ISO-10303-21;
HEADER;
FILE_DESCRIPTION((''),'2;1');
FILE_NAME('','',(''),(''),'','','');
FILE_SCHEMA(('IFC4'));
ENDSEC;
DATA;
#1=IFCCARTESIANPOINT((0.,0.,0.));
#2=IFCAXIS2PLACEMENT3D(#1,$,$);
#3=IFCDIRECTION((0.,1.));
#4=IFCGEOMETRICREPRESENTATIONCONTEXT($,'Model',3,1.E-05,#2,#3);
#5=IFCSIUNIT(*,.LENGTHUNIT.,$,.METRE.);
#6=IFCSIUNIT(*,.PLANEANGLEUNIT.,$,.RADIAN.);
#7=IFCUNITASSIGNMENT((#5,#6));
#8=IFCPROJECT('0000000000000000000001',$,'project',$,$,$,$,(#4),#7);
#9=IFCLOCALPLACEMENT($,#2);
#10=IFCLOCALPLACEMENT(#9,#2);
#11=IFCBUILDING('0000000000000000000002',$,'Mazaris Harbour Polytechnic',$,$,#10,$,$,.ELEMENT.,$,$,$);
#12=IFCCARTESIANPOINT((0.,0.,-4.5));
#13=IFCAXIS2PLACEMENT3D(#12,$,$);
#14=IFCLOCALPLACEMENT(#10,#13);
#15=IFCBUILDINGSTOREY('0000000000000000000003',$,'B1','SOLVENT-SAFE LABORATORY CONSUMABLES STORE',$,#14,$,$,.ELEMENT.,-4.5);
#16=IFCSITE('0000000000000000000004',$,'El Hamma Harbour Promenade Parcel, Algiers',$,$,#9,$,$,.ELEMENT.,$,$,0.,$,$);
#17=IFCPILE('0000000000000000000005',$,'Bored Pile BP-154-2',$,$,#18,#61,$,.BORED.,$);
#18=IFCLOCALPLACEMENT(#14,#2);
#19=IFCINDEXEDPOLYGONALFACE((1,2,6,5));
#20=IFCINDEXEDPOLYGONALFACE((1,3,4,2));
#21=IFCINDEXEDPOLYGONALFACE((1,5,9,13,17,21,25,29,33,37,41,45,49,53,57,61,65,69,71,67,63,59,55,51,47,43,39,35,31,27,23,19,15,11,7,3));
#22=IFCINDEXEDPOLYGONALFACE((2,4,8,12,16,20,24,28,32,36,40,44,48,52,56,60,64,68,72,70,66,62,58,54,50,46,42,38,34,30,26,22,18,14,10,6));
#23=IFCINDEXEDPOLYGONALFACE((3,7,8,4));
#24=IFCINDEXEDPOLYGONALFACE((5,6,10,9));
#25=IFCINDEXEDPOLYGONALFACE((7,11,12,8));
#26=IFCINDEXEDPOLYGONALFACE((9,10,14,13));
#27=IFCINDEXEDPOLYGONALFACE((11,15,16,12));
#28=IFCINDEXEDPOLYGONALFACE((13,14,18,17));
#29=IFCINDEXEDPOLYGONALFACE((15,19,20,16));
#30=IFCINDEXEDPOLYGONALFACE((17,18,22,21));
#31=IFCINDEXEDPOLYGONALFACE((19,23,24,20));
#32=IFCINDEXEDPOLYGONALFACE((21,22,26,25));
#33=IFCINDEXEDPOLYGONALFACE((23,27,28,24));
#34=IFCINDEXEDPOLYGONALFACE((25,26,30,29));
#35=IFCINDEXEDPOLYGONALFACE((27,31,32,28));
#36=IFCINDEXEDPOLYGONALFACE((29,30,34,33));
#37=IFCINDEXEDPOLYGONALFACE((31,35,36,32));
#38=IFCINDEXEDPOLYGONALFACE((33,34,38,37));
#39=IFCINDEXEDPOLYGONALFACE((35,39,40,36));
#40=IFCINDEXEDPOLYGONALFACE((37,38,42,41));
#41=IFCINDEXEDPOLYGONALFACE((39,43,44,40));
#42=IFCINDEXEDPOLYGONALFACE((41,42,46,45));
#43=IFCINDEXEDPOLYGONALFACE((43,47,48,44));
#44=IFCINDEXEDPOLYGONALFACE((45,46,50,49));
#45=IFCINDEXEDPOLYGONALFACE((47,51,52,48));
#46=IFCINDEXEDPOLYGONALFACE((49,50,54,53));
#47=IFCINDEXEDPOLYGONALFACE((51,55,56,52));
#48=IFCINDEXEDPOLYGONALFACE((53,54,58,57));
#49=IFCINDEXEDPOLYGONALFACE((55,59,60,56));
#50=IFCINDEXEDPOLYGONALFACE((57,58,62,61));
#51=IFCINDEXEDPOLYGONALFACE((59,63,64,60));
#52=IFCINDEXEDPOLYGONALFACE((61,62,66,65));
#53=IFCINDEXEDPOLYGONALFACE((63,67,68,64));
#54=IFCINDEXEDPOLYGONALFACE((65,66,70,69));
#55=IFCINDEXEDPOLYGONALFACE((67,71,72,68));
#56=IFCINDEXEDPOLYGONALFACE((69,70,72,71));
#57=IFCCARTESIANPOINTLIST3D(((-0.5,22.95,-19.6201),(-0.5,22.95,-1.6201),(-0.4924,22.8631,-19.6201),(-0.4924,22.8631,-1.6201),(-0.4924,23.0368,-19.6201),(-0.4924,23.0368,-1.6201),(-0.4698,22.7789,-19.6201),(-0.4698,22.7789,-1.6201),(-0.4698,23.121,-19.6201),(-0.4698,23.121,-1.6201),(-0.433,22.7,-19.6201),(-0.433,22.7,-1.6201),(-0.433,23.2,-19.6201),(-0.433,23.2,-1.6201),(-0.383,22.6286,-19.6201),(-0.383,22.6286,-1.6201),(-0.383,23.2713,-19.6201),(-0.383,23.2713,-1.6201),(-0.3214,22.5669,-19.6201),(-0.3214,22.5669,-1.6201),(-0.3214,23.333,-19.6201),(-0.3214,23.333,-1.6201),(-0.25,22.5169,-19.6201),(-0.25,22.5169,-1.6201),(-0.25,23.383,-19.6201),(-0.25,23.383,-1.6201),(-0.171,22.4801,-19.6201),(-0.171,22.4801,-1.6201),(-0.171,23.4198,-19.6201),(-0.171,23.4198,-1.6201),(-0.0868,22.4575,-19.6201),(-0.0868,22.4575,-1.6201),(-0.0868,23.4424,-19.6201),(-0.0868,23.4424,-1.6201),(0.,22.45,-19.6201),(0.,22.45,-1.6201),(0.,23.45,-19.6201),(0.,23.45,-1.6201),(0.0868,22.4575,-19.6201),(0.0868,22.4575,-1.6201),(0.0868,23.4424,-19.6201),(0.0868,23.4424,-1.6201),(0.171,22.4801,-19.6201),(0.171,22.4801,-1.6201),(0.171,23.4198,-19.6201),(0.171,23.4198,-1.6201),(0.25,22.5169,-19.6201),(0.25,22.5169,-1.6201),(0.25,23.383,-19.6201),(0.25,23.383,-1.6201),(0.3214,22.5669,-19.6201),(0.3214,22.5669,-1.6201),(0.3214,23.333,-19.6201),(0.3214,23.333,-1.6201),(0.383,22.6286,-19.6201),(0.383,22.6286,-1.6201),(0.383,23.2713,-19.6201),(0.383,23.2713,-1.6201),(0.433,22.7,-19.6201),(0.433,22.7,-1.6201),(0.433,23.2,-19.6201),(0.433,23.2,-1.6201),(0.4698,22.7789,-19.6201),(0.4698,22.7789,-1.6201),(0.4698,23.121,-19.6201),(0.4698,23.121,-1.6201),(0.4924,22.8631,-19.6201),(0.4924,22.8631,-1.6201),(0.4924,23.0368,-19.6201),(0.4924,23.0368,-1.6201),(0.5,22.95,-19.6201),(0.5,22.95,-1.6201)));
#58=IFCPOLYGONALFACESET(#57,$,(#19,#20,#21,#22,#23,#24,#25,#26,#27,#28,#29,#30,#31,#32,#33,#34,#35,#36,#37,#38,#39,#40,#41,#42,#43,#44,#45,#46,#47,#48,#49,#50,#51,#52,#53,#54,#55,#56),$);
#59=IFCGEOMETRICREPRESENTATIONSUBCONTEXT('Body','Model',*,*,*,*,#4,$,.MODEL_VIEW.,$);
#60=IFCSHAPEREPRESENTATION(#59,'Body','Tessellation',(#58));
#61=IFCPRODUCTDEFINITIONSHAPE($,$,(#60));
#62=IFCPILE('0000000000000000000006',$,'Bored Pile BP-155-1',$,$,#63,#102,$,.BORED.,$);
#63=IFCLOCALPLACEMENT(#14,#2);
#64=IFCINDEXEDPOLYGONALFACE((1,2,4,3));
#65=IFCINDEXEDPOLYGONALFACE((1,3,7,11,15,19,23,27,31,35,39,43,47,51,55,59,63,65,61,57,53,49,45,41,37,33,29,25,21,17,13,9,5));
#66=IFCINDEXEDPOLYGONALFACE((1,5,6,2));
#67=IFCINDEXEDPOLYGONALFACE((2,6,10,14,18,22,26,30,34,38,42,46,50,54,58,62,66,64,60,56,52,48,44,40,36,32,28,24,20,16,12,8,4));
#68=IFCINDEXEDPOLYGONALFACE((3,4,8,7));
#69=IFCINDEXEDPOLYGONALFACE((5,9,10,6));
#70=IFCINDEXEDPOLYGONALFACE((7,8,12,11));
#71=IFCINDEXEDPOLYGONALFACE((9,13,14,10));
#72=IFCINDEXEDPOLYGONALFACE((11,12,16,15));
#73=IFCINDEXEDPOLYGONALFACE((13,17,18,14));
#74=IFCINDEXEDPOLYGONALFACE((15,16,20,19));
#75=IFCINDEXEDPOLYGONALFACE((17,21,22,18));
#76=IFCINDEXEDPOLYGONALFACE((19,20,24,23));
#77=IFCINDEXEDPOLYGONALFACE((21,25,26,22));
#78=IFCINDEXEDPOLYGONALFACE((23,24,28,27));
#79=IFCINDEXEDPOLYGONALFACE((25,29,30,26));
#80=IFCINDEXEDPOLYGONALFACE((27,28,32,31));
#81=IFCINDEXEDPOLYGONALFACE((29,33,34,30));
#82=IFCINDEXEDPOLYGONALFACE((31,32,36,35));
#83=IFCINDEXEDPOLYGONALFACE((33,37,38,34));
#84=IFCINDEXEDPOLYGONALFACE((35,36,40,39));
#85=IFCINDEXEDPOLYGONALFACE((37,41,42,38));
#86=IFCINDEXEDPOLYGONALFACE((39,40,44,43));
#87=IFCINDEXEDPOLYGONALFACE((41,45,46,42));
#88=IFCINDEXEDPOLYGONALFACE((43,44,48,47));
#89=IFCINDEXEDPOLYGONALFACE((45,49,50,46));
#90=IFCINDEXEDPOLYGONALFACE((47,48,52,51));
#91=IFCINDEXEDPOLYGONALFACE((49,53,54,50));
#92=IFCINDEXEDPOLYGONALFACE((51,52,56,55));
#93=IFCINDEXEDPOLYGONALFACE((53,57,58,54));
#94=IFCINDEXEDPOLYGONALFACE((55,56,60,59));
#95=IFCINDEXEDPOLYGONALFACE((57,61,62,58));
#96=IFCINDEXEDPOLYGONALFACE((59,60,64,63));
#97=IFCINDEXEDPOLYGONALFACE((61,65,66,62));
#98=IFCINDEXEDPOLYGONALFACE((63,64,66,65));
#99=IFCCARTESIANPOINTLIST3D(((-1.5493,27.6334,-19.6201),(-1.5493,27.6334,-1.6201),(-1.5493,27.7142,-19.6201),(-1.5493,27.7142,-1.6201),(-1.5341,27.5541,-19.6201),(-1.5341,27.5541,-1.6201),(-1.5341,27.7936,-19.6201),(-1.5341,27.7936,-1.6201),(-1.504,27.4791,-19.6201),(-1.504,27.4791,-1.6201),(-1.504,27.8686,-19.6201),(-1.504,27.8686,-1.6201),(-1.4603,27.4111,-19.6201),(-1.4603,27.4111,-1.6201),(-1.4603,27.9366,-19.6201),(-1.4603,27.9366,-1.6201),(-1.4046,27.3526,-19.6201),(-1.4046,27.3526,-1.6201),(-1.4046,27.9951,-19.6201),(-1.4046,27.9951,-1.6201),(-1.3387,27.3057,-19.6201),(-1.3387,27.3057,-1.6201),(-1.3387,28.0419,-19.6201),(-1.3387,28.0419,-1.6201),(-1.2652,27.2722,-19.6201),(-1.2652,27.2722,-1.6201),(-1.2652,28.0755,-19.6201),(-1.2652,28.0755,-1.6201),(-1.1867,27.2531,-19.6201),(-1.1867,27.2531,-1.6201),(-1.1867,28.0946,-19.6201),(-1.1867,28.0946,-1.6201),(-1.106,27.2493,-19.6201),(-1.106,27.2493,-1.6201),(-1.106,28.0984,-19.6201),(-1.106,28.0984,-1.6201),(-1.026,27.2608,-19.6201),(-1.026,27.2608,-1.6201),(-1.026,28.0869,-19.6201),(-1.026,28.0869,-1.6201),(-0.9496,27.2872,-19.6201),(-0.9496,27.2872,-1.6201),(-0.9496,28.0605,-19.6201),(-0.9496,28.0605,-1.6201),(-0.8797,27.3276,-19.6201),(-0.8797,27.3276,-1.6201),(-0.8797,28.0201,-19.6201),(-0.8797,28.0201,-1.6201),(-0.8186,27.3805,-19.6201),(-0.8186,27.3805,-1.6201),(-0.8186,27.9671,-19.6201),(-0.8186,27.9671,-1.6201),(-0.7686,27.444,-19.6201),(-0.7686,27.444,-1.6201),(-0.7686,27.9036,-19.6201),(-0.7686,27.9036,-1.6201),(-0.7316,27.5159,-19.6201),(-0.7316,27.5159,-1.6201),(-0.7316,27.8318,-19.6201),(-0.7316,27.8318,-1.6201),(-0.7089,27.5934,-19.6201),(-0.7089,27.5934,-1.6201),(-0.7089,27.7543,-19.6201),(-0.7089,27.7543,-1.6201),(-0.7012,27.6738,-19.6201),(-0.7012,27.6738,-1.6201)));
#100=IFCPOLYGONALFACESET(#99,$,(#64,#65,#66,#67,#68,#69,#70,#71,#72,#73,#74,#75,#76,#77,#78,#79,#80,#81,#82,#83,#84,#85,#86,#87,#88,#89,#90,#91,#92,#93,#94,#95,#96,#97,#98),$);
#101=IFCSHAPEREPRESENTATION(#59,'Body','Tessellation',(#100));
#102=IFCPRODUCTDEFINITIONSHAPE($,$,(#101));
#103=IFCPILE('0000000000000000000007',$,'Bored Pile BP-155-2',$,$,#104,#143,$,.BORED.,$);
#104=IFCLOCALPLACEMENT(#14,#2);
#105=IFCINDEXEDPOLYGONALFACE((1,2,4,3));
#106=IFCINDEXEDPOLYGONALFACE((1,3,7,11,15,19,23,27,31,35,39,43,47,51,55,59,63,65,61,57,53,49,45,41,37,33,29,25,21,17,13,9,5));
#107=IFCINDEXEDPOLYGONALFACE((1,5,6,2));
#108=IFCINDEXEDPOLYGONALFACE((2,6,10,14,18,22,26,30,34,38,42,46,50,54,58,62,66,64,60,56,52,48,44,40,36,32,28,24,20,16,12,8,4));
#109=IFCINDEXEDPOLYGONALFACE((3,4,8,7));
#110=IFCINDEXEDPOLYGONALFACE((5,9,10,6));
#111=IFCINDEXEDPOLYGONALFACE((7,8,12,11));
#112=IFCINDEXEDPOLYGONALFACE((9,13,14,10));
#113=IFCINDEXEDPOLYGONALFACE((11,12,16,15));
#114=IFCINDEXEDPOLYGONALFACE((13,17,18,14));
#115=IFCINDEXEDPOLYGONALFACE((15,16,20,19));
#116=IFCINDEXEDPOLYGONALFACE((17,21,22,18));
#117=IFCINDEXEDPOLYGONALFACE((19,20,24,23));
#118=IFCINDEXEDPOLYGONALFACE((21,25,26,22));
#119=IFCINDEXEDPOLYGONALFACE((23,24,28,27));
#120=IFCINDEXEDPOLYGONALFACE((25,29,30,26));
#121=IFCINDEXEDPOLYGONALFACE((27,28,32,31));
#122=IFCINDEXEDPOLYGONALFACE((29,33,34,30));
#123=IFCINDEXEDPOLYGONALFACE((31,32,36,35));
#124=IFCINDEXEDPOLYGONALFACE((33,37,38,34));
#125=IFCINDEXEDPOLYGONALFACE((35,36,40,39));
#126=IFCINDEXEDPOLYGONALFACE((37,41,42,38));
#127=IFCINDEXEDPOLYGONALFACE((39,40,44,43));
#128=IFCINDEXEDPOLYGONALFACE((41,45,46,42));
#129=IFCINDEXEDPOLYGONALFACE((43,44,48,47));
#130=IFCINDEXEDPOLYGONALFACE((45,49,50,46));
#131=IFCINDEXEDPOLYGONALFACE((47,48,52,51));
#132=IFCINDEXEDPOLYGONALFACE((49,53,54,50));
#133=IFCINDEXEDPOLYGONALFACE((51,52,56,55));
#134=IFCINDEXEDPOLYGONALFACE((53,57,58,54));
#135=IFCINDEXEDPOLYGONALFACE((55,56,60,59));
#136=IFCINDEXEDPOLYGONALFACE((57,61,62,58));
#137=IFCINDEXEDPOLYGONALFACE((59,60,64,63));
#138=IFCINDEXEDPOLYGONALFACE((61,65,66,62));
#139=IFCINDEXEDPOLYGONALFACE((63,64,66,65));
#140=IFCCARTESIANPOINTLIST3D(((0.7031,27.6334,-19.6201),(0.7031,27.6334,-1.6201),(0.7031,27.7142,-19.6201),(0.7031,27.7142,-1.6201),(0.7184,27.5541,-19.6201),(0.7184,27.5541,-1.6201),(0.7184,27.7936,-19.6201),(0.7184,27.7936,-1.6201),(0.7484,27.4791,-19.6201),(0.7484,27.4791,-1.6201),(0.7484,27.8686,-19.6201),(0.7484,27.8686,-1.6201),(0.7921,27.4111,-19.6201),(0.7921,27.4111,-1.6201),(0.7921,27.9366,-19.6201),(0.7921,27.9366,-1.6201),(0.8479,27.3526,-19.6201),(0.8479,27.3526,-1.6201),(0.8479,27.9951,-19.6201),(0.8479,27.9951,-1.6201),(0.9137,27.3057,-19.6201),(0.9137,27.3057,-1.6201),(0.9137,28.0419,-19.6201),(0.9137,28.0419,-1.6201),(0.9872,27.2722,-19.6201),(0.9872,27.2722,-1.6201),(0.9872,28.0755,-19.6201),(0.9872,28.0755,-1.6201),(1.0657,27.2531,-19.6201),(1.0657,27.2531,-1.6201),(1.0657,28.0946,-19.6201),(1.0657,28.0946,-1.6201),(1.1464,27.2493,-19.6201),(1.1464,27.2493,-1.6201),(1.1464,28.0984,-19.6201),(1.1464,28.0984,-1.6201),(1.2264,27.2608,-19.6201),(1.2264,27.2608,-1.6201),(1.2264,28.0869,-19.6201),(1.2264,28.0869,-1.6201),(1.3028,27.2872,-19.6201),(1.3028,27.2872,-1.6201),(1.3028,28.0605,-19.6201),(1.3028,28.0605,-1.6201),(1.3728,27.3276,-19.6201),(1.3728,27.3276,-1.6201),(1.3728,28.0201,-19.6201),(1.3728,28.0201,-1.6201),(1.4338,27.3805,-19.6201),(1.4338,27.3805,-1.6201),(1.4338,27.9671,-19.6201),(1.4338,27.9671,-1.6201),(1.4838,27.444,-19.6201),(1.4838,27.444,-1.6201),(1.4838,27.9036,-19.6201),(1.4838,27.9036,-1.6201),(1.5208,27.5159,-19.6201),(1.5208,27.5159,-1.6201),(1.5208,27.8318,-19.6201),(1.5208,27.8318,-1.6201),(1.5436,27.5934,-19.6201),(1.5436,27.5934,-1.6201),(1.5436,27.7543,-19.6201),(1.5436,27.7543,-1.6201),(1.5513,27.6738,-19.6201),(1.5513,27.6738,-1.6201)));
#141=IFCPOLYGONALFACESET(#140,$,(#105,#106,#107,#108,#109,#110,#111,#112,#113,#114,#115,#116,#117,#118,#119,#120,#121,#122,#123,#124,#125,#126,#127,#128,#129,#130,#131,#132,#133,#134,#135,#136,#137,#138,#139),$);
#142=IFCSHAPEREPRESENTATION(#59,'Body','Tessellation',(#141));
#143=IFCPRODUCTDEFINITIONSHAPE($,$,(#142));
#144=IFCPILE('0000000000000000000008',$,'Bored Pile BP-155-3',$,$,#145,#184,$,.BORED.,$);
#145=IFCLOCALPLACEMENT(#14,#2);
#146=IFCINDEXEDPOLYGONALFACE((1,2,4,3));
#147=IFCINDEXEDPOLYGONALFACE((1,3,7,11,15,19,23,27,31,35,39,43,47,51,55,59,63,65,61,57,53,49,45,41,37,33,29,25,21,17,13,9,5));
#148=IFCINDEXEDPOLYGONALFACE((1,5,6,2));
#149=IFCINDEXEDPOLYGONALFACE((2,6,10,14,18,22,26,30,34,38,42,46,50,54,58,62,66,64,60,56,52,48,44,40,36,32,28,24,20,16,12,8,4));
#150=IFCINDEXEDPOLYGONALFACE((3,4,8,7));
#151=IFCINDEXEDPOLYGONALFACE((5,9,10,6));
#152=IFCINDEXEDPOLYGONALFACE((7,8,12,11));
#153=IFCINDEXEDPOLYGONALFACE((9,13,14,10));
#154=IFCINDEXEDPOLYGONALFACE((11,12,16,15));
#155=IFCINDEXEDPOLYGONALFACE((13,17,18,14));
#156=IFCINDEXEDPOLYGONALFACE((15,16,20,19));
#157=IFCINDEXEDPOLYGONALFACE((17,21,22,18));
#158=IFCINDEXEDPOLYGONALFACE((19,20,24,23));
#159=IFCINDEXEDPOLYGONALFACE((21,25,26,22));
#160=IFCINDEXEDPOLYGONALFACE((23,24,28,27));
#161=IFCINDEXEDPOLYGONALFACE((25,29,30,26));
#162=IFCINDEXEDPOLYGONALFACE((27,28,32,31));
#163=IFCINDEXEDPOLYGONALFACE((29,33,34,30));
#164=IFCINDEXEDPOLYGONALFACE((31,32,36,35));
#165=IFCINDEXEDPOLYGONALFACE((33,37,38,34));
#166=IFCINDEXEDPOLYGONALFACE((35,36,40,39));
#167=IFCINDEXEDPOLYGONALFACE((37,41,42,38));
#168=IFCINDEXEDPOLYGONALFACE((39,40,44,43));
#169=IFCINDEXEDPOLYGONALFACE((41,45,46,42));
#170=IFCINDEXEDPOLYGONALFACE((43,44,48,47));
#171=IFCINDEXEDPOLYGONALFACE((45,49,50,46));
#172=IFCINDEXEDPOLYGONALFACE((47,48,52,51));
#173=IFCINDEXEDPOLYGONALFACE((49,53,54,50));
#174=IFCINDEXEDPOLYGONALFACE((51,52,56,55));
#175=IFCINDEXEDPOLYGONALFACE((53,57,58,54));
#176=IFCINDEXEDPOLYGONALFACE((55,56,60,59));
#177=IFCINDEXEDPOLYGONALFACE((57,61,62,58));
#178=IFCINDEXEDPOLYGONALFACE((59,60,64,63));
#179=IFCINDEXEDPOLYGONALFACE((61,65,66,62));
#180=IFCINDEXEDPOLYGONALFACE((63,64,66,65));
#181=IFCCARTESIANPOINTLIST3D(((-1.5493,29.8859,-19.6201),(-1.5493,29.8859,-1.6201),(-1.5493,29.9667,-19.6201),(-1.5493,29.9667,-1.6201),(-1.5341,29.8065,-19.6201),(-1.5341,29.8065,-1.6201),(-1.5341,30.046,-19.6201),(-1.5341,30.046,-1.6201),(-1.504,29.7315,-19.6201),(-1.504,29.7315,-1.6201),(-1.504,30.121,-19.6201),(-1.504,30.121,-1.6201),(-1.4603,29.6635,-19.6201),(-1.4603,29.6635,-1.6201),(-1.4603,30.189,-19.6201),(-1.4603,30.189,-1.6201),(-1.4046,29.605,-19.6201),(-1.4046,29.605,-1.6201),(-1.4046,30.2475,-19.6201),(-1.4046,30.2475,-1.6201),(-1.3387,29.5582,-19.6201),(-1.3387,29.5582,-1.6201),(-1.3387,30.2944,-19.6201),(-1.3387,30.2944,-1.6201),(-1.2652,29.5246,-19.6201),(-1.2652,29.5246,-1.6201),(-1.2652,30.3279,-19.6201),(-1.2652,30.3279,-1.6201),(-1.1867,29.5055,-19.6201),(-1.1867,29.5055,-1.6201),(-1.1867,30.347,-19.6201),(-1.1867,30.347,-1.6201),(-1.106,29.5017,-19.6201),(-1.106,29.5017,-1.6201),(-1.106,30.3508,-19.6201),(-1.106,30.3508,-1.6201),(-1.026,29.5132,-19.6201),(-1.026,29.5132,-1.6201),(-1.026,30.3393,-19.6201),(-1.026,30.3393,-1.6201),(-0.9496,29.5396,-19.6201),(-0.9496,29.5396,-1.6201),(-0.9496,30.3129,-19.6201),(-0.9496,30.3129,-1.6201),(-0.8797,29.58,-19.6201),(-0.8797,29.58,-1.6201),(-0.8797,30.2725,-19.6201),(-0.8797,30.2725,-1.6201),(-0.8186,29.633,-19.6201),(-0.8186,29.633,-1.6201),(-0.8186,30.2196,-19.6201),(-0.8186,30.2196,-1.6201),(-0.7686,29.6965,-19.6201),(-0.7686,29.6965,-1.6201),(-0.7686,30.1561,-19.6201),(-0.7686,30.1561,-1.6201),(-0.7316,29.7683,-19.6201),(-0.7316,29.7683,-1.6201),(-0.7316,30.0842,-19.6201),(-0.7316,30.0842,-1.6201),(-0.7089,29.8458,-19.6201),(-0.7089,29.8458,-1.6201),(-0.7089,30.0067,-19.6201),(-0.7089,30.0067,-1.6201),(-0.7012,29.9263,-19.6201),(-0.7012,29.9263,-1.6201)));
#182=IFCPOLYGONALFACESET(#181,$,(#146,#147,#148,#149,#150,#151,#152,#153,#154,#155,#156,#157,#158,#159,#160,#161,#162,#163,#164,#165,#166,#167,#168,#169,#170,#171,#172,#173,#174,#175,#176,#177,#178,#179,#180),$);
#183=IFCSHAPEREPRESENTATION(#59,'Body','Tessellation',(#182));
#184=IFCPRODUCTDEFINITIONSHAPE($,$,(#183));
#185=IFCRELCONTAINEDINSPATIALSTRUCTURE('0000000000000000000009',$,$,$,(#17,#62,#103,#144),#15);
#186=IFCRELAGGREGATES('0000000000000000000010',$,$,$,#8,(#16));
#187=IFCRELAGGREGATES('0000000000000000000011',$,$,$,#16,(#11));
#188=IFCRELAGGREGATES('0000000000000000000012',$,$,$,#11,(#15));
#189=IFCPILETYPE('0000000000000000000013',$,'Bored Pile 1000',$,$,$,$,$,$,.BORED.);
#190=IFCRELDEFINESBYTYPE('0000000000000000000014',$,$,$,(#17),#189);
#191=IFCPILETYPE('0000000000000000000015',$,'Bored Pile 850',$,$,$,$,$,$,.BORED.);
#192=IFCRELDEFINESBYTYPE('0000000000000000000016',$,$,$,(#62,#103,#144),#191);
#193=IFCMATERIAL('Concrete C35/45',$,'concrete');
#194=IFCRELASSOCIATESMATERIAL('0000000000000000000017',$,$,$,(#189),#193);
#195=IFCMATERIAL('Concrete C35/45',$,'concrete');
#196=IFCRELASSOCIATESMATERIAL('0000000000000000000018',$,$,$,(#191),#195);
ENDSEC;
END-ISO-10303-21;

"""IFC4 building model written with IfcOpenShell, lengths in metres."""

from ifc_helpers import new_model, si_unit, direction, frame, origin, origin_2d, place, context, subcontext, project, spatial, circle, extrude, material, material_profile, profile_set, type_object, element, save


model = new_model("IFC4")

# Units and contexts
model_context = context("Model", 3, precision=1e-05, world=origin(), true_north=direction((0.0, 1.0)))
body_context = subcontext(model_context, "Body", "Model", "MODEL_VIEW")
ifc_project = project(units=[si_unit("LENGTHUNIT", "METRE"), si_unit("PLANEANGLEUNIT", "RADIAN")], contexts=[model_context])

# Site, building, storey
site_placement = place(None, origin())
site = spatial("IfcSite", under=ifc_project, at=site_placement, Name="El Hamma Harbour Promenade Parcel, Algiers", CompositionType="ELEMENT", RefElevation=0.0)
building_placement = place(site_placement, origin())
building = spatial("IfcBuilding", under=site, at=building_placement, Name="Mazaris Harbour Polytechnic", CompositionType="ELEMENT")
storey_placement = place(building_placement, frame((0.0, 0.0, -4.5)))
storey = spatial("IfcBuildingStorey", under=building, at=storey_placement, Name="B1", Description="SOLVENT-SAFE LABORATORY CONSUMABLES STORE", CompositionType="ELEMENT", Elevation=-4.5)

# Piles
ifc_material_1 = material(Name="Concrete C35/45", Category="concrete")
ifc_material_profile_1 = material_profile(ifc_material_1, circle(Radius=0.5, at=origin_2d()), Name="DIA1000")
ifc_profile_set_1 = profile_set([ifc_material_profile_1], Name="Concrete C35/45")
pile_type_1 = type_object("IfcPileType", Name="Bored Pile 1000", PredefinedType="BORED", material=ifc_profile_set_1)
pile_placement = place(storey_placement, frame((0.0, 22.95, -1.6201), z_axis=(0.0, 0.0, -1.0), x_axis=(1.0, 0.0, 0.0)))
element("IfcPile", 1, at=pile_placement, inside=storey, type_object=pile_type_1, Name="Bored Pile BP-154-2", PredefinedType="BORED", context=body_context, shape_type="SweptSolid", body=[
    extrude(circle(Radius=0.5, at=origin_2d()), origin(), (0.0, 0.0, 1.0), 18.0),
])
ifc_material_2 = material(Name="Concrete C35/45", Category="concrete")
ifc_material_profile_2 = material_profile(ifc_material_2, circle(Radius=0.425, at=origin_2d()), Name="DIA850")
ifc_profile_set_2 = profile_set([ifc_material_profile_2], Name="Concrete C35/45")
pile_type_2 = type_object("IfcPileType", Name="Bored Pile 850", PredefinedType="BORED", material=ifc_profile_set_2)
for number, where, z_axis, x_axis, name in (
    (2, (-1.1262, 27.6738, -1.6201), (0.0, 0.0, -1.0), (1.0, 0.0, 0.0), "Bored Pile BP-155-1"),
    (3, (1.1262, 27.6738, -1.6201), (0.0, 0.0, -1.0), (1.0, 0.0, 0.0), "Bored Pile BP-155-2"),
    (4, (-1.1262, 29.9263, -1.6201), (0.0, 0.0, -1.0), (1.0, 0.0, 0.0), "Bored Pile BP-155-3"),
):
    element("IfcPile", number, at=place(storey_placement, frame(where, z_axis=z_axis, x_axis=x_axis)), inside=storey, type_object=pile_type_2, Name=name, PredefinedType="BORED", context=body_context, shape_type="SweptSolid", body=[
        extrude(circle(Radius=0.425, at=origin_2d()), origin(), (0.0, 0.0, 1.0), 18.0),
    ])

save(model, "model.ifc")
